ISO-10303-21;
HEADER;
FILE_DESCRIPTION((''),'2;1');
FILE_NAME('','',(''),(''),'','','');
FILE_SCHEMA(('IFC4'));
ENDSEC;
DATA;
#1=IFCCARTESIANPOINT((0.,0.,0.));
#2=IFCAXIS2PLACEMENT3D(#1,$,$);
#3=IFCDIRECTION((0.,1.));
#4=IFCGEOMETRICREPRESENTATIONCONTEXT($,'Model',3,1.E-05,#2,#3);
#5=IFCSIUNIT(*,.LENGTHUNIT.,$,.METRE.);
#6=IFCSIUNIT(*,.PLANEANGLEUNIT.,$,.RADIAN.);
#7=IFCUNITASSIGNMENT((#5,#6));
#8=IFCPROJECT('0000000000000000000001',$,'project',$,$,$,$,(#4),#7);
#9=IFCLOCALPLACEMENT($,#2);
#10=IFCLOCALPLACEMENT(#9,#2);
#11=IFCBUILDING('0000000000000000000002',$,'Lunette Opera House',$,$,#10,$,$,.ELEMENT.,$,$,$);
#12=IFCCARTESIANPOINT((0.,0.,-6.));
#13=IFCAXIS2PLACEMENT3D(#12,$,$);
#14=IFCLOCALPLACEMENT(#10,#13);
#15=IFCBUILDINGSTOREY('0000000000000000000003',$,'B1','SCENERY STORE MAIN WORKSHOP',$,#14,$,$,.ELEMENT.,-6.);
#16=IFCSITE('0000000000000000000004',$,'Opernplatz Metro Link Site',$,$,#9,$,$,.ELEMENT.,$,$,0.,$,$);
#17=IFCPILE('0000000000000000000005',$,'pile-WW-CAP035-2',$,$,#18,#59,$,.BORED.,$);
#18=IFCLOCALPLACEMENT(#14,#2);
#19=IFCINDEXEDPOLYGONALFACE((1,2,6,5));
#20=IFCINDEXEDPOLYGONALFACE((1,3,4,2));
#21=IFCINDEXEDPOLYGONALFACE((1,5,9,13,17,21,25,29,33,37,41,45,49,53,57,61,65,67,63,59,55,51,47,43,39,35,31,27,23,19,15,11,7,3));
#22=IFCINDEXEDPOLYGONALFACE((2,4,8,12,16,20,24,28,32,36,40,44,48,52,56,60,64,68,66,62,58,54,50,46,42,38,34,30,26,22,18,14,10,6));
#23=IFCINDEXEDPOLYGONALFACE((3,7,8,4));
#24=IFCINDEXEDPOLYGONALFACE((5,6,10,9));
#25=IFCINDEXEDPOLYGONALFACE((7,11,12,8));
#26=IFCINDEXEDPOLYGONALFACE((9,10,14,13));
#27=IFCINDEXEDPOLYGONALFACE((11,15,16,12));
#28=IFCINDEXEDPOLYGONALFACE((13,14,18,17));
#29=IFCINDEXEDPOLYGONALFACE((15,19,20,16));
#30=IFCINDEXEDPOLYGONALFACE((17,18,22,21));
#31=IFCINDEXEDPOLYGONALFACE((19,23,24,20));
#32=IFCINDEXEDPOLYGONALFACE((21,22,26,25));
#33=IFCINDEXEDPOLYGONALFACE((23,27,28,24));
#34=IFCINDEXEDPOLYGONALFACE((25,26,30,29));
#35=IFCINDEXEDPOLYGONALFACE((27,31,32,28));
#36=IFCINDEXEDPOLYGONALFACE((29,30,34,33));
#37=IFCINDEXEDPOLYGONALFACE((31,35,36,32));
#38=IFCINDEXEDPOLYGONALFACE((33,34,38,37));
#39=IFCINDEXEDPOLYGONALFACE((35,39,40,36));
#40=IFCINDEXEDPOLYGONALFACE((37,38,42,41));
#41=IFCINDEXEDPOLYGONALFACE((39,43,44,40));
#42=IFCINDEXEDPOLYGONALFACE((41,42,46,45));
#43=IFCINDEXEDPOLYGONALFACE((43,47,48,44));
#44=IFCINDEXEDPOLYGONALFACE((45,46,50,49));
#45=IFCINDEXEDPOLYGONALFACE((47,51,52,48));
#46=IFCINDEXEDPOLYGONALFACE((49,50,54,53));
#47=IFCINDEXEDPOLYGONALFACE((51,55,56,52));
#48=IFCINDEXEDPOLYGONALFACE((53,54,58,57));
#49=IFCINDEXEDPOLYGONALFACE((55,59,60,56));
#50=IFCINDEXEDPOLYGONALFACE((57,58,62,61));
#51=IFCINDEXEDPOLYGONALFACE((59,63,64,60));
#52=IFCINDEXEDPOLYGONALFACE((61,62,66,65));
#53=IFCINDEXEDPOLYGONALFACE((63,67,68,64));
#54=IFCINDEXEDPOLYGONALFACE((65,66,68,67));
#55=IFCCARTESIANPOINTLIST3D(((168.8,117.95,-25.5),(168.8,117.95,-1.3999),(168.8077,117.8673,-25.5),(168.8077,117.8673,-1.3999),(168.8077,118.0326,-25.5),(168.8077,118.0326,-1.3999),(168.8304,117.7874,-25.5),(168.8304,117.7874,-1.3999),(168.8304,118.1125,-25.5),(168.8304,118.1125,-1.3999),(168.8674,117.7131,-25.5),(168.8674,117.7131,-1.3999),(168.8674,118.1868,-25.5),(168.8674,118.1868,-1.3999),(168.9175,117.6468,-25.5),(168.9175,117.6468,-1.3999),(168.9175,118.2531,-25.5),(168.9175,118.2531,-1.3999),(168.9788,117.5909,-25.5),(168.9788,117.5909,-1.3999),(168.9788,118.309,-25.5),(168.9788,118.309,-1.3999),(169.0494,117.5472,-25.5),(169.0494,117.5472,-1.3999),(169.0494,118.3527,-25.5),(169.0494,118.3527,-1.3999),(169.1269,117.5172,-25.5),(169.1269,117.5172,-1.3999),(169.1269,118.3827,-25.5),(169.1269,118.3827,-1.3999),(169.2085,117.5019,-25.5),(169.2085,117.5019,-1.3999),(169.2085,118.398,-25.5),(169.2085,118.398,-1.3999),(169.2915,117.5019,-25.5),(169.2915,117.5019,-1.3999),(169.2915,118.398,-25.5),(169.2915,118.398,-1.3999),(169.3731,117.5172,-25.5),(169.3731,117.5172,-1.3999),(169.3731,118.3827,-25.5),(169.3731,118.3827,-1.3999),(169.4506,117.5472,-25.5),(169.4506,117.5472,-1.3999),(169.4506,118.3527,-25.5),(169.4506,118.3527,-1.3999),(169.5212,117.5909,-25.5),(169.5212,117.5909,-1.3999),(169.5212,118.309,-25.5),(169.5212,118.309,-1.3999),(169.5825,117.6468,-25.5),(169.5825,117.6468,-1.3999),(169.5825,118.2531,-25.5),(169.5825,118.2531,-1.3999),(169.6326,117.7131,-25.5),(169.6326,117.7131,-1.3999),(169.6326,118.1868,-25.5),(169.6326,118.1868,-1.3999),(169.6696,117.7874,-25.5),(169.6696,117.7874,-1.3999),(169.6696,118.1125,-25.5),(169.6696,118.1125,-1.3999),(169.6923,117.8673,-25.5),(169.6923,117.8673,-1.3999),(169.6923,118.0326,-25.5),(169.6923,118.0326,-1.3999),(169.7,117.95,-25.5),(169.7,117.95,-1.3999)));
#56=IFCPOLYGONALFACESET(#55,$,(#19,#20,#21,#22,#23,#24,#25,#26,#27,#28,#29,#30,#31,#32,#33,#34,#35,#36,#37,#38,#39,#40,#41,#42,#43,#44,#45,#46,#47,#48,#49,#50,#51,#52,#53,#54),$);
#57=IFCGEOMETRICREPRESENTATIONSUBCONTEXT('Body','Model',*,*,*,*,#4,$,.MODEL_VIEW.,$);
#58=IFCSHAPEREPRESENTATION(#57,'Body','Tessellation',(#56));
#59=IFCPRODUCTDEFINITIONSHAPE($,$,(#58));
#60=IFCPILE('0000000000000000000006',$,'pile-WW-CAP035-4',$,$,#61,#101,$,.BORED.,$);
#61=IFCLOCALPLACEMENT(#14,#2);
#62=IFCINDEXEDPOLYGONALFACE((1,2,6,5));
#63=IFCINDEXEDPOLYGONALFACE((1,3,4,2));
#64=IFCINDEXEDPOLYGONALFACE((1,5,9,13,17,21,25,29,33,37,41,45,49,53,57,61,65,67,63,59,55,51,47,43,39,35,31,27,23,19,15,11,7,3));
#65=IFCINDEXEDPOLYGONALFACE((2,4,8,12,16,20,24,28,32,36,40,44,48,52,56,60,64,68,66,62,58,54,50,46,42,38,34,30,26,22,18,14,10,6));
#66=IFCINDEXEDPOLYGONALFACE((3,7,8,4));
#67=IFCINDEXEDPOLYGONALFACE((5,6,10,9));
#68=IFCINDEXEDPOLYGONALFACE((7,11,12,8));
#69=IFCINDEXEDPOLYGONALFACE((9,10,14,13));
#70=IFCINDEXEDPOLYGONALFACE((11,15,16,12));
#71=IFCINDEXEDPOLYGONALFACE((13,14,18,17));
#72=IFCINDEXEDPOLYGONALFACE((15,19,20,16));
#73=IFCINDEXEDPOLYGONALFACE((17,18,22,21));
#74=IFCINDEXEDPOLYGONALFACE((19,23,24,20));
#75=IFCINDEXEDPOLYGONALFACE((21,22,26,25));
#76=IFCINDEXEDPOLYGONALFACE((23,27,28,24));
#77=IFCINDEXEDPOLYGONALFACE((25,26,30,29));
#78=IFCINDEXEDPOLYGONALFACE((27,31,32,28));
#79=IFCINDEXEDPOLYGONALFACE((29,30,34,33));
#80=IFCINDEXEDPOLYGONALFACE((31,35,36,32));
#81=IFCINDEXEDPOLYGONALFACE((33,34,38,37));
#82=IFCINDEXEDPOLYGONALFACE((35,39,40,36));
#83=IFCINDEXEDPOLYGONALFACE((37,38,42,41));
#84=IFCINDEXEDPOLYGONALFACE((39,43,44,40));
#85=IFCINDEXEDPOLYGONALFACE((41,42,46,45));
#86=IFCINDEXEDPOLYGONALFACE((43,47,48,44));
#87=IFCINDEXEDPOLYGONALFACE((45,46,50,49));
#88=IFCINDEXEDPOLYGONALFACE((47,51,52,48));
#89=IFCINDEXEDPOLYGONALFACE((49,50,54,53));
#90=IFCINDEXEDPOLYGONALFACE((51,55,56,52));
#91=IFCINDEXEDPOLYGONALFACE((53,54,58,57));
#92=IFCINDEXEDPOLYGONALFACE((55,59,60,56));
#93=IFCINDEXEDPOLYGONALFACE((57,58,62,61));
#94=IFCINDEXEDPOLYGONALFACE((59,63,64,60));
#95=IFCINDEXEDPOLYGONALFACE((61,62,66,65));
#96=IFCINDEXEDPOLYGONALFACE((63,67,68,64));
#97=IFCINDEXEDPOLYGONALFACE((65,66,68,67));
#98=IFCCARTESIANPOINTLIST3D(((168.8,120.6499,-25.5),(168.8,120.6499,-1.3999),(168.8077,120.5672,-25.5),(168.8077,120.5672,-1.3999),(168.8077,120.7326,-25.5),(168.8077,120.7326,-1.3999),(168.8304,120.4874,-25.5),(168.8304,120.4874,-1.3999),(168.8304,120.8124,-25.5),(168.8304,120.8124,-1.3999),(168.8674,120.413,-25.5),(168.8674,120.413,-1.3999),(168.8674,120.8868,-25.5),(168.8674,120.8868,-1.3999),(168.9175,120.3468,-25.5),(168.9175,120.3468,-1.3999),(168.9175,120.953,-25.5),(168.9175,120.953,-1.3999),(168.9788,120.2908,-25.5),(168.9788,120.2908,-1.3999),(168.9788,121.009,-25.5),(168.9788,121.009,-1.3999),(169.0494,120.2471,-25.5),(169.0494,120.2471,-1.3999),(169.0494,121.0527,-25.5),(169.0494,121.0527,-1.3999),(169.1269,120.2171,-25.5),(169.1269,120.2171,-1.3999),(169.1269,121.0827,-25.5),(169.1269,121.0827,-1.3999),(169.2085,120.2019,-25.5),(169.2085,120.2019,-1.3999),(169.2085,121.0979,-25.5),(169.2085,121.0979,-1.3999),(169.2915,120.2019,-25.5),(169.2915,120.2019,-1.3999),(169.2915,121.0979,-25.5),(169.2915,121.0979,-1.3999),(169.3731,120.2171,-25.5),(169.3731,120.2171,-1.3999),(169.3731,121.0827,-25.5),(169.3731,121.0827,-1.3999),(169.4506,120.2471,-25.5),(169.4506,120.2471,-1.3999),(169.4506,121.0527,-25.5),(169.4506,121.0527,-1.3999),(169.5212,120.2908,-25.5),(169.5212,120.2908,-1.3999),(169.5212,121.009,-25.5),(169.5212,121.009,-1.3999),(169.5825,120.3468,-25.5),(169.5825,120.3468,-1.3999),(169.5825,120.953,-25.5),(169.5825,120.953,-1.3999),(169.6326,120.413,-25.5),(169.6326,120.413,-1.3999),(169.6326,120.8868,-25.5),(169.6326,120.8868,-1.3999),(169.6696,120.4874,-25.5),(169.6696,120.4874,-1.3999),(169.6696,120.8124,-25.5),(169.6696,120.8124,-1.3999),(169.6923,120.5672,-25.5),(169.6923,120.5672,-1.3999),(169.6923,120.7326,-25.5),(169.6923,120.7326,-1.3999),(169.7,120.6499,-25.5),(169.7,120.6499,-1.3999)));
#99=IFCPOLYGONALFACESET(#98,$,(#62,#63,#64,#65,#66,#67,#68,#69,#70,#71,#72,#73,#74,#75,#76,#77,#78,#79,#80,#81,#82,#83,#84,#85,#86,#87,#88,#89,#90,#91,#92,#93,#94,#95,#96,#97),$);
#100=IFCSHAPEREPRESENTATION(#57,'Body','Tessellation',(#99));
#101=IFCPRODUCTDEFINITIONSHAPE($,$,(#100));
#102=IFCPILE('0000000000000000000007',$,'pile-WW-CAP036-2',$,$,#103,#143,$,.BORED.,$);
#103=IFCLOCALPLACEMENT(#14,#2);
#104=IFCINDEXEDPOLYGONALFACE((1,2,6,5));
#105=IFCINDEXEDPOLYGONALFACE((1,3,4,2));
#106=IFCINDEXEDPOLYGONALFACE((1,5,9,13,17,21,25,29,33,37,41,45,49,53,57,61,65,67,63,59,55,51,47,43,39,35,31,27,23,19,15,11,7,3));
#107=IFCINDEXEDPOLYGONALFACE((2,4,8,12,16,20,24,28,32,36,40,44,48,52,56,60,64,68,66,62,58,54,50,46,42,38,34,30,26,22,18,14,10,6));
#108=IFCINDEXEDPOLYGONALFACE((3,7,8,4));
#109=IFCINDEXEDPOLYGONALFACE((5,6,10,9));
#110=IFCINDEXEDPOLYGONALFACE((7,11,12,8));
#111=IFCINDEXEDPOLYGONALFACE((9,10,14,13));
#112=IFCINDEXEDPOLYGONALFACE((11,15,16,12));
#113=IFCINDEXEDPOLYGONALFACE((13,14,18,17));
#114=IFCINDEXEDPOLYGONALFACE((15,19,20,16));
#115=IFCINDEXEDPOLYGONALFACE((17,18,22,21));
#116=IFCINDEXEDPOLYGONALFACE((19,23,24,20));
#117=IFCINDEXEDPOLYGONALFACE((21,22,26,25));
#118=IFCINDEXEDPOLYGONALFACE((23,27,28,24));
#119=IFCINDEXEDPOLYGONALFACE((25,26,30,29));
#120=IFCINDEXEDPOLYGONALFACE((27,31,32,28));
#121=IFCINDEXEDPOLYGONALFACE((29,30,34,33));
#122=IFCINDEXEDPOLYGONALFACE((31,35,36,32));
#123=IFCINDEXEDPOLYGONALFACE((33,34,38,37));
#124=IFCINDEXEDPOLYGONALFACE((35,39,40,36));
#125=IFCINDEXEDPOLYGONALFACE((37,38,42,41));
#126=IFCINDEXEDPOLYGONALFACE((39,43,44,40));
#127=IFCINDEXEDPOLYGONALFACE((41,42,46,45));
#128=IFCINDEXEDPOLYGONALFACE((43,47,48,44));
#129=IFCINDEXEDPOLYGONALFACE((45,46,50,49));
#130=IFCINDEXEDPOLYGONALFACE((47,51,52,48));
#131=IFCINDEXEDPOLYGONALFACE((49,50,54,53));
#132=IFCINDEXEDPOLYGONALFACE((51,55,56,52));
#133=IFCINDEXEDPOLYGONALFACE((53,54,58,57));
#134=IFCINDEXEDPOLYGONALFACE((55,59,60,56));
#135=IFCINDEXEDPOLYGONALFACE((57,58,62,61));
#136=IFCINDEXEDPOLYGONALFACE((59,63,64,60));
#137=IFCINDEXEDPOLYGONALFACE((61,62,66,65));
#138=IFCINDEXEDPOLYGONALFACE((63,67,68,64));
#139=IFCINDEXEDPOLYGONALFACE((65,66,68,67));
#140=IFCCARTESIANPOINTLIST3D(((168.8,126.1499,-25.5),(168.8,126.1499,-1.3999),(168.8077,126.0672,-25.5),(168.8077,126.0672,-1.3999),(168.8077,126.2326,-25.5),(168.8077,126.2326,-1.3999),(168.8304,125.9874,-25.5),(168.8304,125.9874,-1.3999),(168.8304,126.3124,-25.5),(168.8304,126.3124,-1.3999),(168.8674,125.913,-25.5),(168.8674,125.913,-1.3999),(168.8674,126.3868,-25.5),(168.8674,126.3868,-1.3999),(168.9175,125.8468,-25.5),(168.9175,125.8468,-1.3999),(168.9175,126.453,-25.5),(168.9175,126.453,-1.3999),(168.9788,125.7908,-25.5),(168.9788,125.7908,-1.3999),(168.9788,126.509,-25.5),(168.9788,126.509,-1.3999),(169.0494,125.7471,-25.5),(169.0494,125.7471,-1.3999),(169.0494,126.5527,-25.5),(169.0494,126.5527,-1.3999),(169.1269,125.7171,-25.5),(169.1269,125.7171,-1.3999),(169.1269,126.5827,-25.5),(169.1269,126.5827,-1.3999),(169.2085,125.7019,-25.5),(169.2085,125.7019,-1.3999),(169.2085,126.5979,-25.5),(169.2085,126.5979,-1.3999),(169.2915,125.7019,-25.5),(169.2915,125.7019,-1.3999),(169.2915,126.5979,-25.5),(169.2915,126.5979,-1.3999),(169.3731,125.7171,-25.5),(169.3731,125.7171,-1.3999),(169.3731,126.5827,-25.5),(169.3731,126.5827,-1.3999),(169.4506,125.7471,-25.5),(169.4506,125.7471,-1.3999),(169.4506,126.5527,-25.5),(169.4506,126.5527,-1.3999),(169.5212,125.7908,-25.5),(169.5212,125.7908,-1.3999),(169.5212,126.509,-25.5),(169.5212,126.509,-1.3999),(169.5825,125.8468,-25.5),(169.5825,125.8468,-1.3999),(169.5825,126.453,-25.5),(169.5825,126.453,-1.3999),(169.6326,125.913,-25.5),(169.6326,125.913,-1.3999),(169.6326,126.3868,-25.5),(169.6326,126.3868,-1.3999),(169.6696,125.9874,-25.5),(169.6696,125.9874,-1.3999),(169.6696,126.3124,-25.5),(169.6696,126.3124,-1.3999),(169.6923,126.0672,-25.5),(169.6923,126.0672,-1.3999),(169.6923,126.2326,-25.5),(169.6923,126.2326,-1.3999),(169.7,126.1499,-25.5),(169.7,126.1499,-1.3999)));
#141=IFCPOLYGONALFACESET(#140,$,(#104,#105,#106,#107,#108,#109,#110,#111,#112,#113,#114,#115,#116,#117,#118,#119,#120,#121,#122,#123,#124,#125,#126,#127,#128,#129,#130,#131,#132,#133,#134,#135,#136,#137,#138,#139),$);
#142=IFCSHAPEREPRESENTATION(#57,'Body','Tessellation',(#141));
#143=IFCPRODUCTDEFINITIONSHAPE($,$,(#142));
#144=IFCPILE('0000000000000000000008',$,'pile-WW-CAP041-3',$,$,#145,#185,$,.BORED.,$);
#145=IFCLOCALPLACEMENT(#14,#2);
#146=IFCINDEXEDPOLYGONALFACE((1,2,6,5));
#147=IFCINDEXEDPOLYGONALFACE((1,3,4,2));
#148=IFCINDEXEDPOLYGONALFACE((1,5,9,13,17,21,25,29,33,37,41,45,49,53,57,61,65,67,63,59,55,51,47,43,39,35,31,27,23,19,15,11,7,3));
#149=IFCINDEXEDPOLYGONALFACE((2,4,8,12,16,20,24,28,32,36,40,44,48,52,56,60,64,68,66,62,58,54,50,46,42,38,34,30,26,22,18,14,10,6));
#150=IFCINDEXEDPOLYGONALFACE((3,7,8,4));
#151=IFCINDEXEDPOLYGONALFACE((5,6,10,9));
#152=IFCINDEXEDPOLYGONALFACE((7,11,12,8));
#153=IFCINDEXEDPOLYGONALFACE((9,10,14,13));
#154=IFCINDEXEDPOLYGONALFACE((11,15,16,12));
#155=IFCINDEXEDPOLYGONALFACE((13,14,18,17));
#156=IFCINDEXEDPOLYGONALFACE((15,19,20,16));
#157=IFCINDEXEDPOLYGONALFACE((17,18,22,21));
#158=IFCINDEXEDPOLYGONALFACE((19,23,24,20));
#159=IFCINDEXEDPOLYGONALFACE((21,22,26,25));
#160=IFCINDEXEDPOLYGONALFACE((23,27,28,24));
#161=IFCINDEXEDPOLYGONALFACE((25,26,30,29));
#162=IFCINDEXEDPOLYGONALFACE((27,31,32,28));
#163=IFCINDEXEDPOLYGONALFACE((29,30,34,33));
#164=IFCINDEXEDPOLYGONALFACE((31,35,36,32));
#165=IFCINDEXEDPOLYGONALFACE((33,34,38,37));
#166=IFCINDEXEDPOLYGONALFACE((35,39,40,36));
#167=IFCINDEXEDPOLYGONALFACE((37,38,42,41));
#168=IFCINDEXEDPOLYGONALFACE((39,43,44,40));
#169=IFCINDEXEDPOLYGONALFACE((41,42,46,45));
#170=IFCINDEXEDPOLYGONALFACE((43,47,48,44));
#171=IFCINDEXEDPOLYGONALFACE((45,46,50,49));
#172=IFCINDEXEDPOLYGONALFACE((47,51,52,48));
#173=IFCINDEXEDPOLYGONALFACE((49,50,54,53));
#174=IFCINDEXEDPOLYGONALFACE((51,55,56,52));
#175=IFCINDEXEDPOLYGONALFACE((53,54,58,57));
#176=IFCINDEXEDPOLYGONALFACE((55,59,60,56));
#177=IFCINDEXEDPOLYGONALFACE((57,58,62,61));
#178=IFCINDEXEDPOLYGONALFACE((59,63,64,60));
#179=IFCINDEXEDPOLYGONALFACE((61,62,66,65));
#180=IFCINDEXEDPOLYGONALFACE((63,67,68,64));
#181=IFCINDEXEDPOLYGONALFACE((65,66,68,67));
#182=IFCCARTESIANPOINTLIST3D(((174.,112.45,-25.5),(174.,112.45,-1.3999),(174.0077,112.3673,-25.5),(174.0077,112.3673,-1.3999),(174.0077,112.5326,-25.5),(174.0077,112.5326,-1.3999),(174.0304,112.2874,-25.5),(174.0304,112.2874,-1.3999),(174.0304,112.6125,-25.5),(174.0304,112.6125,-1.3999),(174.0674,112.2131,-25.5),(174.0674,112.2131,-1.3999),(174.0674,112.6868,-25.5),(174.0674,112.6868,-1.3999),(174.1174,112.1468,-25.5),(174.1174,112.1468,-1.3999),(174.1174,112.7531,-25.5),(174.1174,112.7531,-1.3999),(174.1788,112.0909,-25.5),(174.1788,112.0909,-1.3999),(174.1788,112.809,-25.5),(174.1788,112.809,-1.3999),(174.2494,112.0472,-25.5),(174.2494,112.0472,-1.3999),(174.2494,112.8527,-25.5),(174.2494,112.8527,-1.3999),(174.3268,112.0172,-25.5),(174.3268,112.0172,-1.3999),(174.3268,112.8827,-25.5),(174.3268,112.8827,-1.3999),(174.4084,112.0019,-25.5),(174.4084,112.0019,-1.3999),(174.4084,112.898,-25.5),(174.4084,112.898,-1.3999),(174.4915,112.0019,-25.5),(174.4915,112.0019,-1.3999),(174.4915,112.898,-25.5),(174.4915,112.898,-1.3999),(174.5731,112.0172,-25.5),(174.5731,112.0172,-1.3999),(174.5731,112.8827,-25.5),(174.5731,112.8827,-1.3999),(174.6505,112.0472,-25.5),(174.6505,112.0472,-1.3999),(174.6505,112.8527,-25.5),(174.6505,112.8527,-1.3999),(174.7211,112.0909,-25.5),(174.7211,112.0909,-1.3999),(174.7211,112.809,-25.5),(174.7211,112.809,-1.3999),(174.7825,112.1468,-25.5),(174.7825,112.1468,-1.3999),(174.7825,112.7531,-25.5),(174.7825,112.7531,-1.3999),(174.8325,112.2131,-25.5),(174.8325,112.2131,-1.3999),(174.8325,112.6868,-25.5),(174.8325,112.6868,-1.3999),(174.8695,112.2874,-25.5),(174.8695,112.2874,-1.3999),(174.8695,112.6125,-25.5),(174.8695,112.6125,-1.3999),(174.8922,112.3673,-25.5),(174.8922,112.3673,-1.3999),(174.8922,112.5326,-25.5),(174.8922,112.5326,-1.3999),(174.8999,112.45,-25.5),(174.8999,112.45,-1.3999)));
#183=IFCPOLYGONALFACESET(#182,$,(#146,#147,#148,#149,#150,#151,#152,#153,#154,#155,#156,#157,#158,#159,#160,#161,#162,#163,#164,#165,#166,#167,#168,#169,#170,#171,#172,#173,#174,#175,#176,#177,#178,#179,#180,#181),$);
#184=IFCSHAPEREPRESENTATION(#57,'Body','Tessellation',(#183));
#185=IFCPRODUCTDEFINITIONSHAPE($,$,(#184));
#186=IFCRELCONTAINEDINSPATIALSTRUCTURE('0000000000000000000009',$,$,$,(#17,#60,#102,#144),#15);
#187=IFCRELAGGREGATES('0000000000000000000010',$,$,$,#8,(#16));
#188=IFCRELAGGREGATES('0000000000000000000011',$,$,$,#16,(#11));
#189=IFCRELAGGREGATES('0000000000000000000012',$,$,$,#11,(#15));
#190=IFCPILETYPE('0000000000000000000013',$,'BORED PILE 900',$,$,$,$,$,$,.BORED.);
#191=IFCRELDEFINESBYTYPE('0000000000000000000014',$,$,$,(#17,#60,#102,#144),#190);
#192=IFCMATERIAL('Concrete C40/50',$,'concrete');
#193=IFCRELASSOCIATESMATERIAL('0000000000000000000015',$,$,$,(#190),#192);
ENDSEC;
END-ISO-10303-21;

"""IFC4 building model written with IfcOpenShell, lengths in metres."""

from ifc_helpers import new_model, si_unit, direction, frame, origin, origin_2d, place, context, subcontext, project, spatial, circle, extrude, material, material_profile, profile_set, type_object, element, save


model = new_model("IFC4")

# Units and contexts
model_context = context("Model", 3, precision=1e-05, world=origin(), true_north=direction((0.0, 1.0)))
body_context = subcontext(model_context, "Body", "Model", "MODEL_VIEW")
ifc_project = project(units=[si_unit("LENGTHUNIT", "METRE"), si_unit("PLANEANGLEUNIT", "RADIAN")], contexts=[model_context])

# Site, building, storey
site_placement = place(None, origin())
site = spatial("IfcSite", under=ifc_project, at=site_placement, Name="Opernplatz Metro Link Site", CompositionType="ELEMENT", RefElevation=0.0)
building_placement = place(site_placement, origin())
building = spatial("IfcBuilding", under=site, at=building_placement, Name="Lunette Opera House", CompositionType="ELEMENT")
storey_placement = place(building_placement, frame((0.0, 0.0, -6.0)))
storey = spatial("IfcBuildingStorey", under=building, at=storey_placement, Name="B1", Description="SCENERY STORE MAIN WORKSHOP", CompositionType="ELEMENT", Elevation=-6.0)

# Piles
ifc_material_1 = material(Name="Concrete C40/50", Category="concrete")
ifc_material_profile_1 = material_profile(ifc_material_1, circle(Radius=0.45, at=origin_2d()), Name="BORED PILE 900")
ifc_profile_set_1 = profile_set([ifc_material_profile_1], Name="Concrete C40/50")
pile_type = type_object("IfcPileType", Name="BORED PILE 900", PredefinedType="BORED", material=ifc_profile_set_1)
for number, where, z_axis, x_axis, name in (
    (1, (169.25, 117.95, -1.3999), (0.0, 0.0, -1.0), (1.0, 0.0, 0.0), "pile-WW-CAP035-2"),
    (2, (169.25, 120.6499, -1.3999), (0.0, 0.0, -1.0), (1.0, 0.0, 0.0), "pile-WW-CAP035-4"),
    (3, (169.25, 126.1499, -1.3999), (0.0, 0.0, -1.0), (1.0, 0.0, 0.0), "pile-WW-CAP036-2"),
    (4, (174.45, 112.45, -1.3999), (0.0, 0.0, -1.0), (1.0, 0.0, 0.0), "pile-WW-CAP041-3"),
):
    element("IfcPile", number, at=place(storey_placement, frame(where, z_axis=z_axis, x_axis=x_axis)), inside=storey, type_object=pile_type, Name=name, PredefinedType="BORED", context=body_context, shape_type="SweptSolid", body=[
        extrude(circle(Radius=0.45, at=origin_2d()), origin(), (0.0, 0.0, 1.0), 24.1001),
    ])

save(model, "model.ifc")
